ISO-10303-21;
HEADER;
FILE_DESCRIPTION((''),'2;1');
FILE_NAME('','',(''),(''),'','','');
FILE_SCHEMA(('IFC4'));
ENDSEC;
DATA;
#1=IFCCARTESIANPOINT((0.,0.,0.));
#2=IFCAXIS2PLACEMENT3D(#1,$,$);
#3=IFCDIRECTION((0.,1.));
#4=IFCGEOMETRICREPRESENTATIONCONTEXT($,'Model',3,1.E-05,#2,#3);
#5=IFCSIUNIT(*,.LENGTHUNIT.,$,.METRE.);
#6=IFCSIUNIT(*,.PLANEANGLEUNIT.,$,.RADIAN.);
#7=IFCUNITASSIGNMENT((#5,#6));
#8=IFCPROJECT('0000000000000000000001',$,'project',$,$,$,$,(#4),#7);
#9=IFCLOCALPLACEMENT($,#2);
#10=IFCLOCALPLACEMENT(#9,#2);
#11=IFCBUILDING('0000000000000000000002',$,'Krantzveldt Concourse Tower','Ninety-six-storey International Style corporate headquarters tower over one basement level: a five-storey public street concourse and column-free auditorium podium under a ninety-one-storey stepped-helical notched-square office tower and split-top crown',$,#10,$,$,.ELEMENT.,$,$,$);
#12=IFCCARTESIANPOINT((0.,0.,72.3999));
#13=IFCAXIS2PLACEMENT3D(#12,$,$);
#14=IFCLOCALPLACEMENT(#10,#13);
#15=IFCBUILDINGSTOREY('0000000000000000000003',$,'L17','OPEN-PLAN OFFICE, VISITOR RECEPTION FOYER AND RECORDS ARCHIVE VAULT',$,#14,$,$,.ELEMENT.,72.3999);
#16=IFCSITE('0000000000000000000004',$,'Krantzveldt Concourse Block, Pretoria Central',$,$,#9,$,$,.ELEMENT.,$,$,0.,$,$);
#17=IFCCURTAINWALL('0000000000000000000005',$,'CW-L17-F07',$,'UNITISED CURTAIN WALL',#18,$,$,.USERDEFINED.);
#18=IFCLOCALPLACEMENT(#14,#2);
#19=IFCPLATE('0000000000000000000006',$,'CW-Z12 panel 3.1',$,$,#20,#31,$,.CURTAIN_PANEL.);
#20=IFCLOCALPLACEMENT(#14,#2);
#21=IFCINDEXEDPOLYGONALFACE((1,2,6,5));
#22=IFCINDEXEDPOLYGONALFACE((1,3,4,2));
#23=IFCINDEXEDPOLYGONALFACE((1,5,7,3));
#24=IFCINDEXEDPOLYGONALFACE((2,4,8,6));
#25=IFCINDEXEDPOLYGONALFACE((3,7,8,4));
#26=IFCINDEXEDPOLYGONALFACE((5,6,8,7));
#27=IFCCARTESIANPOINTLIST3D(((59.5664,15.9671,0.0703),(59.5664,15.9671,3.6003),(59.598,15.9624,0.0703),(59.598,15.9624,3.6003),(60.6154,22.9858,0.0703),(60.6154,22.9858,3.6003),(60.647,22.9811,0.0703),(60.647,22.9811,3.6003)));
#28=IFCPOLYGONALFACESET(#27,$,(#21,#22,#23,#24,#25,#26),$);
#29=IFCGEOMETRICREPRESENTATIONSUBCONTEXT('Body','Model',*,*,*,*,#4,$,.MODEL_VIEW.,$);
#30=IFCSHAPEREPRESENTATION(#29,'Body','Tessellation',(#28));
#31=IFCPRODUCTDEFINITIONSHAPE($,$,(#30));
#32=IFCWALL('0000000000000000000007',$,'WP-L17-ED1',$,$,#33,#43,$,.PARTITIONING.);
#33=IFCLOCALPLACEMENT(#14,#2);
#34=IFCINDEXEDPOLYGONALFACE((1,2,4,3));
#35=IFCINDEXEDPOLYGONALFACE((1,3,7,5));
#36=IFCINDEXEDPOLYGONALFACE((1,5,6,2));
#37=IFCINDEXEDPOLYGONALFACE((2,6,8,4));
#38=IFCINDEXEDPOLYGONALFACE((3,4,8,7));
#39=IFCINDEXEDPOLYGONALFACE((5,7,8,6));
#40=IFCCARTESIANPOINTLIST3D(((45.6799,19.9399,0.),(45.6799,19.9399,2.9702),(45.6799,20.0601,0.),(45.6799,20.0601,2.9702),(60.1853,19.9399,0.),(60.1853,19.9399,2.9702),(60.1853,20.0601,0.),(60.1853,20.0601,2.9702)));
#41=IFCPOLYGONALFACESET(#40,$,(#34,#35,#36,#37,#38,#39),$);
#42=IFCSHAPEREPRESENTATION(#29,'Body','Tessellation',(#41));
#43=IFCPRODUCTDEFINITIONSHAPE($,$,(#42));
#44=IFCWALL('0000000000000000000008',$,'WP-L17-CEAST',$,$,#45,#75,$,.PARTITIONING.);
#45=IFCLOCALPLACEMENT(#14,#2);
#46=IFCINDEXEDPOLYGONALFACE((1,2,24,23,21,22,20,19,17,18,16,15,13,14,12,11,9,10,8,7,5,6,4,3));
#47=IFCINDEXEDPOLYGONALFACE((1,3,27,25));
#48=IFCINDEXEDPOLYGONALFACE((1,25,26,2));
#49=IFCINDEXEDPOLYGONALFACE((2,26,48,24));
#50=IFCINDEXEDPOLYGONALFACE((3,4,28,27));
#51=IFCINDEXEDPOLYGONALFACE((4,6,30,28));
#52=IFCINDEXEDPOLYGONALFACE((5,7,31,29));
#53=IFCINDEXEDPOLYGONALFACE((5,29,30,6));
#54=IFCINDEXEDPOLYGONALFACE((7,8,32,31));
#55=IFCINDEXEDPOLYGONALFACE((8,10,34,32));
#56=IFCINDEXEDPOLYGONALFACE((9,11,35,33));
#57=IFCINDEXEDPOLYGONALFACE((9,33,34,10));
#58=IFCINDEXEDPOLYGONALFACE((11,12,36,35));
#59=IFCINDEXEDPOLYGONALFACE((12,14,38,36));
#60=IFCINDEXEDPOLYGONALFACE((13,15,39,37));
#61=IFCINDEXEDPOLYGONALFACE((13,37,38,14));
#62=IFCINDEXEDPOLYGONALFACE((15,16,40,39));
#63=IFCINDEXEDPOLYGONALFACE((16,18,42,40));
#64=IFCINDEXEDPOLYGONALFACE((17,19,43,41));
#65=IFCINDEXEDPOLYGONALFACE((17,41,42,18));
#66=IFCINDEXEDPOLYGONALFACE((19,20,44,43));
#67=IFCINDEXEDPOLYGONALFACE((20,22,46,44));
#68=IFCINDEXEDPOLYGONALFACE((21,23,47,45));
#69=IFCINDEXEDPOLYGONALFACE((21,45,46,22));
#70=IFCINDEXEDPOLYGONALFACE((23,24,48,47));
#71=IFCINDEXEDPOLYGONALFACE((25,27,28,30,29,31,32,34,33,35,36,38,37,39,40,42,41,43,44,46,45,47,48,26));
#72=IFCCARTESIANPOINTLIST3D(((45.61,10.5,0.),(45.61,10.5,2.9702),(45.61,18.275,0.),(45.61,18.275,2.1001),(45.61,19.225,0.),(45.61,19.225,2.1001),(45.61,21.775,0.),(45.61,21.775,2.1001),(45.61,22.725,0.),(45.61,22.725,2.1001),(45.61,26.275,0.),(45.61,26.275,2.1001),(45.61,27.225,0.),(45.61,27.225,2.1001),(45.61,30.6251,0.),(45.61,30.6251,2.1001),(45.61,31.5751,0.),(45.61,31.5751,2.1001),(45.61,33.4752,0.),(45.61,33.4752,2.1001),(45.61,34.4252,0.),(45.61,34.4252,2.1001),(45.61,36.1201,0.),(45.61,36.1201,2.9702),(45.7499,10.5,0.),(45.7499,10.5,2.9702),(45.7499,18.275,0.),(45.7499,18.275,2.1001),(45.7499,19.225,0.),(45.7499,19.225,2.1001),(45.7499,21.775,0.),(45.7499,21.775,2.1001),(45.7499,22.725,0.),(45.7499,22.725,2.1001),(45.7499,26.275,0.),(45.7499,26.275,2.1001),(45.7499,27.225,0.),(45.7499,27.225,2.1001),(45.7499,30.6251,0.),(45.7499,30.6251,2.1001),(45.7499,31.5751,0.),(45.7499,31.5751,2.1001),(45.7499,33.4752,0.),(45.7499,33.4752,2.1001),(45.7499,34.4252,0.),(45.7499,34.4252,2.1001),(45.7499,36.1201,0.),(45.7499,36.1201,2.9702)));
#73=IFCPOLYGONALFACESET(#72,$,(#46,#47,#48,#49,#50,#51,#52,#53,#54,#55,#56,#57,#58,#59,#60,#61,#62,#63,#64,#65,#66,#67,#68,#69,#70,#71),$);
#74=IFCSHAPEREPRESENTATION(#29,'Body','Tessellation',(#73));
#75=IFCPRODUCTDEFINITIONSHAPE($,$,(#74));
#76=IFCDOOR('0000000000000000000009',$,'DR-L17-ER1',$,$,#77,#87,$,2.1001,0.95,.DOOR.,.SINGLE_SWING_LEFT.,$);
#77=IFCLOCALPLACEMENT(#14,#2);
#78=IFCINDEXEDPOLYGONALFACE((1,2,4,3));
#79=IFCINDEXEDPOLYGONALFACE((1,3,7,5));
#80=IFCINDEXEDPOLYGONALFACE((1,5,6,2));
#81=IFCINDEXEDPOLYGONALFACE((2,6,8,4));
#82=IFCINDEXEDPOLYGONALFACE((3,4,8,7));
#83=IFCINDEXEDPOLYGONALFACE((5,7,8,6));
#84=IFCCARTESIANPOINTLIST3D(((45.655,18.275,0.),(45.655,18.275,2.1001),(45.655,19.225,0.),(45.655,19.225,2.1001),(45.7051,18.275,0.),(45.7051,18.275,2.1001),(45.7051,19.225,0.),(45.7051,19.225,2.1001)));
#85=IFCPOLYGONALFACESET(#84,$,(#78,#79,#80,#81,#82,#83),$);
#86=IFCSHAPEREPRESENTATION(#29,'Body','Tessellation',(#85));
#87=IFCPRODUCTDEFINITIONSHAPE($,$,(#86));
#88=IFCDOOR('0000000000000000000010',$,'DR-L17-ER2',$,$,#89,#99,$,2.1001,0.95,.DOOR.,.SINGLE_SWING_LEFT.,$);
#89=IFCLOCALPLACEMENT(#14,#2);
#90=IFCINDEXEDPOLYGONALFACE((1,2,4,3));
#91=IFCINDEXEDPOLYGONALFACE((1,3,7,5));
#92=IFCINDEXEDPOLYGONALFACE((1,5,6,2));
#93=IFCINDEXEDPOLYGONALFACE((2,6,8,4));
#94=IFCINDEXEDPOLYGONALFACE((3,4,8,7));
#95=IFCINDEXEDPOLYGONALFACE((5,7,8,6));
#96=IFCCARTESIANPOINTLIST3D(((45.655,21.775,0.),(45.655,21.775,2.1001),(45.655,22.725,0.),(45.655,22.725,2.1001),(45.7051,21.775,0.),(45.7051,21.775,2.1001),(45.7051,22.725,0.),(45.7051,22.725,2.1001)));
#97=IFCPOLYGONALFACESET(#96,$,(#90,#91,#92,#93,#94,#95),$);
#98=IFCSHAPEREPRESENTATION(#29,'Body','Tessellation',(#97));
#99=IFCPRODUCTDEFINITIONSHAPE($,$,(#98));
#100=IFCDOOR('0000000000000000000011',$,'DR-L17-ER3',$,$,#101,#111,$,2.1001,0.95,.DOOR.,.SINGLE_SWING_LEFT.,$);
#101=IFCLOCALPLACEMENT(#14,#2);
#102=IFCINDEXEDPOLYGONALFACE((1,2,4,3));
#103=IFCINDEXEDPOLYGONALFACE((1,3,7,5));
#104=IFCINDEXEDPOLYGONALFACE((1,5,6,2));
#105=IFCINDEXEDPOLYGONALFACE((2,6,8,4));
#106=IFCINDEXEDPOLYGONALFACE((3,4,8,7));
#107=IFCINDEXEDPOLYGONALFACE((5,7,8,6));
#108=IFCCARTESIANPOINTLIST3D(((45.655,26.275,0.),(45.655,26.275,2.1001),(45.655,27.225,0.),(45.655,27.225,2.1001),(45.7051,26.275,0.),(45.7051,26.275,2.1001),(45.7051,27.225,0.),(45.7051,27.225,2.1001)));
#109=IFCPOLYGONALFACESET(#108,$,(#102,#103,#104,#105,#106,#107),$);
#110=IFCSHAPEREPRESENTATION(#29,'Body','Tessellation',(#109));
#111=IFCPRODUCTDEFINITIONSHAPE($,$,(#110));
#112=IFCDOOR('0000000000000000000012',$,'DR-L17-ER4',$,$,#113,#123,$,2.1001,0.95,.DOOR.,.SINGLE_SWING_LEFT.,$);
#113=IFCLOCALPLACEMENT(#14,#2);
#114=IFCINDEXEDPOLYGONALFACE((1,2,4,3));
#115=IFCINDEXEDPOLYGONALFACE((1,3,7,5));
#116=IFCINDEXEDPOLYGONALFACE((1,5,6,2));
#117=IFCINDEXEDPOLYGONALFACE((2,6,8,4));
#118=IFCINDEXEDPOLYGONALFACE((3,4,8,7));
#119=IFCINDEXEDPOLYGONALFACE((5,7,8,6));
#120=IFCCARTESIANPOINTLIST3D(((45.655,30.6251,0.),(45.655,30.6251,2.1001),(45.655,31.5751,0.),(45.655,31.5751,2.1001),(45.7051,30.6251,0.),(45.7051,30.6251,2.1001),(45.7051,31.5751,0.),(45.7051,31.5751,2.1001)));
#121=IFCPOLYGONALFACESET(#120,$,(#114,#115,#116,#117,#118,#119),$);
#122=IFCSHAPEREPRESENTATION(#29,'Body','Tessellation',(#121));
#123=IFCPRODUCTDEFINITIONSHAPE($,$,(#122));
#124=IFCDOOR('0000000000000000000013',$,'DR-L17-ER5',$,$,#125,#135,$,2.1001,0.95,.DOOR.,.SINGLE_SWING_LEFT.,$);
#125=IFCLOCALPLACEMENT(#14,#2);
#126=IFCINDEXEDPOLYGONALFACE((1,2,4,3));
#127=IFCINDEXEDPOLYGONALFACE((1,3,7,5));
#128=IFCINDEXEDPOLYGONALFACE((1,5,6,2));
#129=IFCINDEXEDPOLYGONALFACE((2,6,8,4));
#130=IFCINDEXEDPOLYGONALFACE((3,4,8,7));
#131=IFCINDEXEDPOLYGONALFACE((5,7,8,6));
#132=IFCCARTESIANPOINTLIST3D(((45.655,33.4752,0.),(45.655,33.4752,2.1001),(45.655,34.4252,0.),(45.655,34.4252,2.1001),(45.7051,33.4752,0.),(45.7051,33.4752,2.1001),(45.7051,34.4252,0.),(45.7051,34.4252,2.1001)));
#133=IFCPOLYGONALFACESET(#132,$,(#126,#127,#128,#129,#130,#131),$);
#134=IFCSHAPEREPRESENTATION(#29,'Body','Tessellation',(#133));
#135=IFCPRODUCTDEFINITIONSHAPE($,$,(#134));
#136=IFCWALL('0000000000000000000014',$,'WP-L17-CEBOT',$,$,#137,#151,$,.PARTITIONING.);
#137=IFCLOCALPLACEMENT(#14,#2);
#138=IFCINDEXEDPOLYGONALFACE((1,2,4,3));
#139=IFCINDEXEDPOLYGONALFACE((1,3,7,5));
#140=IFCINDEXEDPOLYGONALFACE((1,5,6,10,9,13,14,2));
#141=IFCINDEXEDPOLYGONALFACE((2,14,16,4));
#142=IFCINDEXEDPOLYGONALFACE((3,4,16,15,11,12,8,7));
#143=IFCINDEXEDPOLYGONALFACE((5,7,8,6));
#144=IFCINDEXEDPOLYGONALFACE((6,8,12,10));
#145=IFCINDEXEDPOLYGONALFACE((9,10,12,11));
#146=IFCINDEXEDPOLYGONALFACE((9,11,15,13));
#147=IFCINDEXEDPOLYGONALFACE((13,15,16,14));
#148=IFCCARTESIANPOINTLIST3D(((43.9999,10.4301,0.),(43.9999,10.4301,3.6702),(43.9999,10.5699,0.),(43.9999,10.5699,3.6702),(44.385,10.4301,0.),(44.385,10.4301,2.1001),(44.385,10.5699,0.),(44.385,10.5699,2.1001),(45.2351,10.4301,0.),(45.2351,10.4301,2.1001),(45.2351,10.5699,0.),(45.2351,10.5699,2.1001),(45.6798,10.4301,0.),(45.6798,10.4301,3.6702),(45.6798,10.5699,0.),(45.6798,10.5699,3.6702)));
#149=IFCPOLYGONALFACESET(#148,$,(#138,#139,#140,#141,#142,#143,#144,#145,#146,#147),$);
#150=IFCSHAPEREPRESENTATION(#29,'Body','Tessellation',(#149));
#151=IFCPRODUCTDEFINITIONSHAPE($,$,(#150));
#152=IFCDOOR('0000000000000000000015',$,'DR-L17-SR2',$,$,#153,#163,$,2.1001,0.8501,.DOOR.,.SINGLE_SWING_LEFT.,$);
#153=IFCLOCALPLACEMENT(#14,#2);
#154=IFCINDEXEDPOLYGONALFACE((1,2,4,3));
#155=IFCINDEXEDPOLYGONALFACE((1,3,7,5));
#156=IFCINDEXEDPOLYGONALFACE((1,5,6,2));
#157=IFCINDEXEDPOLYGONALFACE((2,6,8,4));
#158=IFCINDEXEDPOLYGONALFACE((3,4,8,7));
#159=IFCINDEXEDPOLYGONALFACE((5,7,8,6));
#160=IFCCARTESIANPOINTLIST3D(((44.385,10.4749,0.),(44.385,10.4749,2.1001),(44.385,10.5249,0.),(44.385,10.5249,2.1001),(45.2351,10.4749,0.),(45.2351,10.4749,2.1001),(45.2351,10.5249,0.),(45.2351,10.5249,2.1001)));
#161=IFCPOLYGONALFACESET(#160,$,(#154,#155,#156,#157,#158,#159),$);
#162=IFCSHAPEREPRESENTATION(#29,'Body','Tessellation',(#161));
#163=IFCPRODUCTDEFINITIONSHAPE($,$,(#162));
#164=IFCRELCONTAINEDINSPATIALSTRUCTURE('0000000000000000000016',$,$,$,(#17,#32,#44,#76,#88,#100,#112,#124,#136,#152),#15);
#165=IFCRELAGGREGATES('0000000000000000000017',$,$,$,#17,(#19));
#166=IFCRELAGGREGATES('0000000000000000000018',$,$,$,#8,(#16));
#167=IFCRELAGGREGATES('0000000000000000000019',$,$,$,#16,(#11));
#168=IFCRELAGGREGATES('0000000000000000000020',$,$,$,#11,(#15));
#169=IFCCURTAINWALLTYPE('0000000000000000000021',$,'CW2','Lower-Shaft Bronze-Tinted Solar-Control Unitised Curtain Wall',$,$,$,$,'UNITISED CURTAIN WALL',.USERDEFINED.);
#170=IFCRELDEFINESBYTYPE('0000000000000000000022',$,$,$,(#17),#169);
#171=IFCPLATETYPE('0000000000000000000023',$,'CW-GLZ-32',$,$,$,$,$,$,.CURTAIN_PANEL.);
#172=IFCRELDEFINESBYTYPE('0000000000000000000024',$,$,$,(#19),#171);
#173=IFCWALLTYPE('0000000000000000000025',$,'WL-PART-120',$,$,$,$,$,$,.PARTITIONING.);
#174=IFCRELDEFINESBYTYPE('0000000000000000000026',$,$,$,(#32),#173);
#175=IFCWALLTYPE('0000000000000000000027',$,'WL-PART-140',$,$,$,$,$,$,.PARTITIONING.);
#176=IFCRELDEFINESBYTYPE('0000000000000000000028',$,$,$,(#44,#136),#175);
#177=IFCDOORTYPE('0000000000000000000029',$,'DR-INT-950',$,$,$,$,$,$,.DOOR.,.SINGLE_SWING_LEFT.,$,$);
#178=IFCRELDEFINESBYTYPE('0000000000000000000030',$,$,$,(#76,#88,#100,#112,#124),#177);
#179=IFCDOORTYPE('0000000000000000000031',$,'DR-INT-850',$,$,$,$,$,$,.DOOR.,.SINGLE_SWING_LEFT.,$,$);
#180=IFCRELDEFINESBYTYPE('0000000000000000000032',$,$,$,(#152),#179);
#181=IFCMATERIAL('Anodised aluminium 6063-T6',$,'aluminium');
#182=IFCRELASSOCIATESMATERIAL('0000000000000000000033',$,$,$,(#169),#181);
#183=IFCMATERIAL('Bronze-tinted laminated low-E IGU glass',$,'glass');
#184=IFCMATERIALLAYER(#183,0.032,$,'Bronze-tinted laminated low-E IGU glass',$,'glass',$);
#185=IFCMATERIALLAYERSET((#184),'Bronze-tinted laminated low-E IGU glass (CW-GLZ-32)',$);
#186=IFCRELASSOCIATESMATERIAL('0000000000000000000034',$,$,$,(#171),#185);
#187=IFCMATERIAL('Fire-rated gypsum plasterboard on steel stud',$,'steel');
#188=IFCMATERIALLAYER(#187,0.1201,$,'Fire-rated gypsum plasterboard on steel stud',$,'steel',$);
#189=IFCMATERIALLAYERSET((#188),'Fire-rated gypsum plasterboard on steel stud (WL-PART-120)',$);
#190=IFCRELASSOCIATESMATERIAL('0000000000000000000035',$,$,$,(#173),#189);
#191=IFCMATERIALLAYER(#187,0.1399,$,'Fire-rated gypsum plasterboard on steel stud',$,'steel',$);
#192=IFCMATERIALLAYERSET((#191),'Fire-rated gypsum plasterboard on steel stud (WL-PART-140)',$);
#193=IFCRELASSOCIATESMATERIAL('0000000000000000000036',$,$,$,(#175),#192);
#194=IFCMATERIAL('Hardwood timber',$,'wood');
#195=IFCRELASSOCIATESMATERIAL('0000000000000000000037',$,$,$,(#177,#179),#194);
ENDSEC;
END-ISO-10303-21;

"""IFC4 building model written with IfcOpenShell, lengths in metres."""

from ifc_helpers import new_model, si_unit, direction, frame, frame_2d, origin, origin_2d, place, context, subcontext, project, spatial, rectangle, extrude, source, transform, mapped, material, layer, layer_set, type_object, type_shapes, element, fill, aggregate, save


model = new_model("IFC4")

# Units and contexts
model_context = context("Model", 3, precision=1e-05, world=origin(), true_north=direction((0.0, 1.0)))
body_context = subcontext(model_context, "Body", "Model", "MODEL_VIEW")
ifc_project = project(units=[si_unit("LENGTHUNIT", "METRE"), si_unit("PLANEANGLEUNIT", "RADIAN")], contexts=[model_context])

# Site, building, storey
site_placement = place(None, origin())
site = spatial("IfcSite", under=ifc_project, at=site_placement, Name="Krantzveldt Concourse Block, Pretoria Central", CompositionType="ELEMENT", RefElevation=0.0)
building_placement = place(site_placement, origin())
building = spatial("IfcBuilding", under=site, at=building_placement, Name="Krantzveldt Concourse Tower", Description="Ninety-six-storey International Style corporate headquarters tower over one basement level: a five-storey public street concourse and column-free auditorium podium under a ninety-one-storey stepped-helical notched-square office tower and split-top crown", CompositionType="ELEMENT")
storey_placement = place(building_placement, frame((0.0, 0.0, 72.3999)))
storey = spatial("IfcBuildingStorey", under=building, at=storey_placement, Name="L17", Description="OPEN-PLAN OFFICE, VISITOR RECEPTION FOYER AND RECORDS ARCHIVE VAULT", CompositionType="ELEMENT", Elevation=72.3999)

# Curtain wall, plate
ifc_material_1 = material(Name="Anodised aluminium 6063-T6", Category="aluminium")
curtain_wall_type = type_object("IfcCurtainWallType", Name="CW2", Description="Lower-Shaft Bronze-Tinted Solar-Control Unitised Curtain Wall", ElementType="UNITISED CURTAIN WALL", PredefinedType="USERDEFINED", material=ifc_material_1)
curtain_wall_placement = place(storey_placement, origin())
curtain_wall = element("IfcCurtainWall", 1, at=curtain_wall_placement, inside=storey, type_object=curtain_wall_type, Name="CW-L17-F07", ObjectType="UNITISED CURTAIN WALL", PredefinedType="USERDEFINED")
ifc_material_2 = material(Name="Bronze-tinted laminated low-E IGU glass", Category="glass")
ifc_layer_1 = layer(ifc_material_2, 0.032, Name="Bronze-tinted laminated low-E IGU glass", Category="glass")
ifc_layer_set_1 = layer_set([ifc_layer_1], Name="Bronze-tinted laminated low-E IGU glass (CW-GLZ-32)")
plate_type = type_object("IfcPlateType", Name="CW-GLZ-32", PredefinedType="CURTAIN_PANEL", material=ifc_layer_set_1)
shared_shape_1 = source(origin(), body_context, "Body", "SweptSolid", [
    extrude(rectangle(XDim=7.0967, YDim=0.032, at=origin_2d()), origin(), (0.0, 0.0, 1.0), 3.53),
])
type_shapes(plate_type, [shared_shape_1])
plate_1_placement = place(storey_placement, frame((60.1067, 19.4741, 0.0703), z_axis=(0.0, 0.0, 1.0), x_axis=(0.14781, 0.989016, 0.0)))
plate_1 = element("IfcPlate", 2, at=plate_1_placement, type_object=plate_type, Name="CW-Z12 panel 3.1", PredefinedType="CURTAIN_PANEL", context=body_context, shape_type="MappedRepresentation", body=[
    mapped(shared_shape_1, transform((0.0, 0.0, 0.0), x_axis=(1.0, 0.0, 0.0), y_axis=(0.0, 1.0, 0.0), z_axis=(0.0, 0.0, 1.0), scale=1.0)),
])
aggregate(curtain_wall, [plate_1])

# Wall
ifc_material_3 = material(Name="Fire-rated gypsum plasterboard on steel stud", Category="steel")
ifc_layer_2 = layer(ifc_material_3, 0.1201, Name="Fire-rated gypsum plasterboard on steel stud", Category="steel")
ifc_layer_set_2 = layer_set([ifc_layer_2], Name="Fire-rated gypsum plasterboard on steel stud (WL-PART-120)")
wall_type_1 = type_object("IfcWallType", Name="WL-PART-120", PredefinedType="PARTITIONING", material=ifc_layer_set_2)
wall_1_placement = place(storey_placement, frame((45.6799, 20.0, 0.0), z_axis=(0.0, 0.0, 1.0), x_axis=(1.0, 0.0, 0.0)))
element("IfcWall", 3, at=wall_1_placement, inside=storey, type_object=wall_type_1, Name="WP-L17-ED1", PredefinedType="PARTITIONING", context=body_context, shape_type="SweptSolid", body=[
    extrude(rectangle(XDim=14.5054, YDim=0.1201, at=frame_2d((7.2527, 0.0))), origin(), (0.0, 0.0, 1.0), 2.9702),
])

# Wall, openings, doors
ifc_layer_3 = layer(ifc_material_3, 0.1399, Name="Fire-rated gypsum plasterboard on steel stud", Category="steel")
ifc_layer_set_3 = layer_set([ifc_layer_3], Name="Fire-rated gypsum plasterboard on steel stud (WL-PART-140)")
wall_type_2 = type_object("IfcWallType", Name="WL-PART-140", PredefinedType="PARTITIONING", material=ifc_layer_set_3)
wall_2_placement = place(storey_placement, frame((45.6799, 10.5, 0.0), z_axis=(0.0, 0.0, 1.0), x_axis=(0.0, 1.0, 0.0)))
wall_2 = element("IfcWall", 4, at=wall_2_placement, inside=storey, type_object=wall_type_2, Name="WP-L17-CEAST", PredefinedType="PARTITIONING", context=body_context, shape_type="SweptSolid", body=[
    extrude(rectangle(XDim=25.6201, YDim=0.1399, at=frame_2d((12.8101, 0.0))), origin(), (0.0, 0.0, 1.0), 2.9702),
])
opening_1_placement = place(wall_2_placement, frame((7.7749, 0.0, 0.0)))
opening_1 = element("IfcOpeningElement", 5, at=opening_1_placement, cuts=wall_2, PredefinedType="OPENING", context=body_context, shape_type="SweptSolid", body=[
    extrude(rectangle(XDim=0.95, YDim=2.1001, at=frame_2d((0.4751, 1.05))), frame((0.0, 0.0801, 0.0), z_axis=(0.0, -1.0, 0.0), x_axis=(1.0, 0.0, 0.0)), (0.0, 0.0, 1.0), 0.1599),
])
opening_2_placement = place(wall_2_placement, frame((11.2749, 0.0, 0.0)))
opening_2 = element("IfcOpeningElement", 6, at=opening_2_placement, cuts=wall_2, PredefinedType="OPENING", context=body_context, shape_type="SweptSolid", body=[
    extrude(rectangle(XDim=0.95, YDim=2.1001, at=frame_2d((0.4751, 1.05))), frame((0.0, 0.0801, 0.0), z_axis=(0.0, -1.0, 0.0), x_axis=(1.0, 0.0, 0.0)), (0.0, 0.0, 1.0), 0.1599),
])
opening_3_placement = place(wall_2_placement, frame((15.7749, 0.0, 0.0)))
opening_3 = element("IfcOpeningElement", 7, at=opening_3_placement, cuts=wall_2, PredefinedType="OPENING", context=body_context, shape_type="SweptSolid", body=[
    extrude(rectangle(XDim=0.95, YDim=2.1001, at=frame_2d((0.4751, 1.05))), frame((0.0, 0.0801, 0.0), z_axis=(0.0, -1.0, 0.0), x_axis=(1.0, 0.0, 0.0)), (0.0, 0.0, 1.0), 0.1599),
])
opening_4_placement = place(wall_2_placement, frame((20.125, 0.0, 0.0)))
opening_4 = element("IfcOpeningElement", 8, at=opening_4_placement, cuts=wall_2, PredefinedType="OPENING", context=body_context, shape_type="SweptSolid", body=[
    extrude(rectangle(XDim=0.95, YDim=2.1001, at=frame_2d((0.4751, 1.05))), frame((0.0, 0.0801, 0.0), z_axis=(0.0, -1.0, 0.0), x_axis=(1.0, 0.0, 0.0)), (0.0, 0.0, 1.0), 0.1599),
])
opening_5_placement = place(wall_2_placement, frame((22.9751, 0.0, 0.0)))
opening_5 = element("IfcOpeningElement", 9, at=opening_5_placement, cuts=wall_2, PredefinedType="OPENING", context=body_context, shape_type="SweptSolid", body=[
    extrude(rectangle(XDim=0.95, YDim=2.1001, at=frame_2d((0.4751, 1.05))), frame((0.0, 0.0801, 0.0), z_axis=(0.0, -1.0, 0.0), x_axis=(1.0, 0.0, 0.0)), (0.0, 0.0, 1.0), 0.1599),
])
ifc_material_4 = material(Name="Hardwood timber", Category="wood")
door_type_1 = type_object("IfcDoorType", Name="DR-INT-950", OperationType="SINGLE_SWING_LEFT", PredefinedType="DOOR", material=ifc_material_4)
door_1_placement = place(opening_1_placement, origin())
door_1 = element("IfcDoor", 10, at=door_1_placement, inside=storey, type_object=door_type_1, Name="DR-L17-ER1", OperationType="SINGLE_SWING_LEFT", OverallHeight=2.1001, OverallWidth=0.95, PredefinedType="DOOR", context=body_context, shape_type="SweptSolid", body=[
    extrude(rectangle(XDim=0.95, YDim=2.1001, at=frame_2d((0.4751, 1.05))), frame((0.0, 0.0249, 0.0), z_axis=(0.0, -1.0, 0.0), x_axis=(1.0, 0.0, 0.0)), (0.0, 0.0, 1.0), 0.05),
])
fill(opening_1, door_1)
door_2_placement = place(opening_2_placement, origin())
door_2 = element("IfcDoor", 11, at=door_2_placement, inside=storey, type_object=door_type_1, Name="DR-L17-ER2", OperationType="SINGLE_SWING_LEFT", OverallHeight=2.1001, OverallWidth=0.95, PredefinedType="DOOR", context=body_context, shape_type="SweptSolid", body=[
    extrude(rectangle(XDim=0.95, YDim=2.1001, at=frame_2d((0.4751, 1.05))), frame((0.0, 0.0249, 0.0), z_axis=(0.0, -1.0, 0.0), x_axis=(1.0, 0.0, 0.0)), (0.0, 0.0, 1.0), 0.05),
])
fill(opening_2, door_2)
door_3_placement = place(opening_3_placement, origin())
door_3 = element("IfcDoor", 12, at=door_3_placement, inside=storey, type_object=door_type_1, Name="DR-L17-ER3", OperationType="SINGLE_SWING_LEFT", OverallHeight=2.1001, OverallWidth=0.95, PredefinedType="DOOR", context=body_context, shape_type="SweptSolid", body=[
    extrude(rectangle(XDim=0.95, YDim=2.1001, at=frame_2d((0.4751, 1.05))), frame((0.0, 0.0249, 0.0), z_axis=(0.0, -1.0, 0.0), x_axis=(1.0, 0.0, 0.0)), (0.0, 0.0, 1.0), 0.05),
])
fill(opening_3, door_3)
door_4_placement = place(opening_4_placement, origin())
door_4 = element("IfcDoor", 13, at=door_4_placement, inside=storey, type_object=door_type_1, Name="DR-L17-ER4", OperationType="SINGLE_SWING_LEFT", OverallHeight=2.1001, OverallWidth=0.95, PredefinedType="DOOR", context=body_context, shape_type="SweptSolid", body=[
    extrude(rectangle(XDim=0.95, YDim=2.1001, at=frame_2d((0.4751, 1.05))), frame((0.0, 0.0249, 0.0), z_axis=(0.0, -1.0, 0.0), x_axis=(1.0, 0.0, 0.0)), (0.0, 0.0, 1.0), 0.05),
])
fill(opening_4, door_4)
door_5_placement = place(opening_5_placement, origin())
door_5 = element("IfcDoor", 14, at=door_5_placement, inside=storey, type_object=door_type_1, Name="DR-L17-ER5", OperationType="SINGLE_SWING_LEFT", OverallHeight=2.1001, OverallWidth=0.95, PredefinedType="DOOR", context=body_context, shape_type="SweptSolid", body=[
    extrude(rectangle(XDim=0.95, YDim=2.1001, at=frame_2d((0.4751, 1.05))), frame((0.0, 0.0249, 0.0), z_axis=(0.0, -1.0, 0.0), x_axis=(1.0, 0.0, 0.0)), (0.0, 0.0, 1.0), 0.05),
])
fill(opening_5, door_5)

# Wall, opening, door
wall_3_placement = place(storey_placement, frame((44.0, 10.5, 0.0), z_axis=(0.0, 0.0, 1.0), x_axis=(1.0, 0.0, 0.0)))
wall_3 = element("IfcWall", 15, at=wall_3_placement, inside=storey, type_object=wall_type_2, Name="WP-L17-CEBOT", PredefinedType="PARTITIONING", context=body_context, shape_type="SweptSolid", body=[
    extrude(rectangle(XDim=1.6799, YDim=0.1399, at=frame_2d((0.8398, 0.0))), origin(), (0.0, 0.0, 1.0), 3.6702),
])
opening_6_placement = place(wall_3_placement, frame((0.385, 0.0, 0.0)))
opening_6 = element("IfcOpeningElement", 16, at=opening_6_placement, cuts=wall_3, PredefinedType="OPENING", context=body_context, shape_type="SweptSolid", body=[
    extrude(rectangle(XDim=0.8501, YDim=2.1001, at=frame_2d((0.425, 1.05))), frame((0.0, 0.0801, 0.0), z_axis=(0.0, -1.0, 0.0), x_axis=(1.0, 0.0, 0.0)), (0.0, 0.0, 1.0), 0.1599),
])
door_type_2 = type_object("IfcDoorType", Name="DR-INT-850", OperationType="SINGLE_SWING_LEFT", PredefinedType="DOOR", material=ifc_material_4)
door_6_placement = place(opening_6_placement, origin())
door_6 = element("IfcDoor", 17, at=door_6_placement, inside=storey, type_object=door_type_2, Name="DR-L17-SR2", OperationType="SINGLE_SWING_LEFT", OverallHeight=2.1001, OverallWidth=0.8501, PredefinedType="DOOR", context=body_context, shape_type="SweptSolid", body=[
    extrude(rectangle(XDim=0.8501, YDim=2.1001, at=frame_2d((0.425, 1.05))), frame((0.0, 0.0249, 0.0), z_axis=(0.0, -1.0, 0.0), x_axis=(1.0, 0.0, 0.0)), (0.0, 0.0, 1.0), 0.05),
])
fill(opening_6, door_6)

save(model, "model.ifc")
